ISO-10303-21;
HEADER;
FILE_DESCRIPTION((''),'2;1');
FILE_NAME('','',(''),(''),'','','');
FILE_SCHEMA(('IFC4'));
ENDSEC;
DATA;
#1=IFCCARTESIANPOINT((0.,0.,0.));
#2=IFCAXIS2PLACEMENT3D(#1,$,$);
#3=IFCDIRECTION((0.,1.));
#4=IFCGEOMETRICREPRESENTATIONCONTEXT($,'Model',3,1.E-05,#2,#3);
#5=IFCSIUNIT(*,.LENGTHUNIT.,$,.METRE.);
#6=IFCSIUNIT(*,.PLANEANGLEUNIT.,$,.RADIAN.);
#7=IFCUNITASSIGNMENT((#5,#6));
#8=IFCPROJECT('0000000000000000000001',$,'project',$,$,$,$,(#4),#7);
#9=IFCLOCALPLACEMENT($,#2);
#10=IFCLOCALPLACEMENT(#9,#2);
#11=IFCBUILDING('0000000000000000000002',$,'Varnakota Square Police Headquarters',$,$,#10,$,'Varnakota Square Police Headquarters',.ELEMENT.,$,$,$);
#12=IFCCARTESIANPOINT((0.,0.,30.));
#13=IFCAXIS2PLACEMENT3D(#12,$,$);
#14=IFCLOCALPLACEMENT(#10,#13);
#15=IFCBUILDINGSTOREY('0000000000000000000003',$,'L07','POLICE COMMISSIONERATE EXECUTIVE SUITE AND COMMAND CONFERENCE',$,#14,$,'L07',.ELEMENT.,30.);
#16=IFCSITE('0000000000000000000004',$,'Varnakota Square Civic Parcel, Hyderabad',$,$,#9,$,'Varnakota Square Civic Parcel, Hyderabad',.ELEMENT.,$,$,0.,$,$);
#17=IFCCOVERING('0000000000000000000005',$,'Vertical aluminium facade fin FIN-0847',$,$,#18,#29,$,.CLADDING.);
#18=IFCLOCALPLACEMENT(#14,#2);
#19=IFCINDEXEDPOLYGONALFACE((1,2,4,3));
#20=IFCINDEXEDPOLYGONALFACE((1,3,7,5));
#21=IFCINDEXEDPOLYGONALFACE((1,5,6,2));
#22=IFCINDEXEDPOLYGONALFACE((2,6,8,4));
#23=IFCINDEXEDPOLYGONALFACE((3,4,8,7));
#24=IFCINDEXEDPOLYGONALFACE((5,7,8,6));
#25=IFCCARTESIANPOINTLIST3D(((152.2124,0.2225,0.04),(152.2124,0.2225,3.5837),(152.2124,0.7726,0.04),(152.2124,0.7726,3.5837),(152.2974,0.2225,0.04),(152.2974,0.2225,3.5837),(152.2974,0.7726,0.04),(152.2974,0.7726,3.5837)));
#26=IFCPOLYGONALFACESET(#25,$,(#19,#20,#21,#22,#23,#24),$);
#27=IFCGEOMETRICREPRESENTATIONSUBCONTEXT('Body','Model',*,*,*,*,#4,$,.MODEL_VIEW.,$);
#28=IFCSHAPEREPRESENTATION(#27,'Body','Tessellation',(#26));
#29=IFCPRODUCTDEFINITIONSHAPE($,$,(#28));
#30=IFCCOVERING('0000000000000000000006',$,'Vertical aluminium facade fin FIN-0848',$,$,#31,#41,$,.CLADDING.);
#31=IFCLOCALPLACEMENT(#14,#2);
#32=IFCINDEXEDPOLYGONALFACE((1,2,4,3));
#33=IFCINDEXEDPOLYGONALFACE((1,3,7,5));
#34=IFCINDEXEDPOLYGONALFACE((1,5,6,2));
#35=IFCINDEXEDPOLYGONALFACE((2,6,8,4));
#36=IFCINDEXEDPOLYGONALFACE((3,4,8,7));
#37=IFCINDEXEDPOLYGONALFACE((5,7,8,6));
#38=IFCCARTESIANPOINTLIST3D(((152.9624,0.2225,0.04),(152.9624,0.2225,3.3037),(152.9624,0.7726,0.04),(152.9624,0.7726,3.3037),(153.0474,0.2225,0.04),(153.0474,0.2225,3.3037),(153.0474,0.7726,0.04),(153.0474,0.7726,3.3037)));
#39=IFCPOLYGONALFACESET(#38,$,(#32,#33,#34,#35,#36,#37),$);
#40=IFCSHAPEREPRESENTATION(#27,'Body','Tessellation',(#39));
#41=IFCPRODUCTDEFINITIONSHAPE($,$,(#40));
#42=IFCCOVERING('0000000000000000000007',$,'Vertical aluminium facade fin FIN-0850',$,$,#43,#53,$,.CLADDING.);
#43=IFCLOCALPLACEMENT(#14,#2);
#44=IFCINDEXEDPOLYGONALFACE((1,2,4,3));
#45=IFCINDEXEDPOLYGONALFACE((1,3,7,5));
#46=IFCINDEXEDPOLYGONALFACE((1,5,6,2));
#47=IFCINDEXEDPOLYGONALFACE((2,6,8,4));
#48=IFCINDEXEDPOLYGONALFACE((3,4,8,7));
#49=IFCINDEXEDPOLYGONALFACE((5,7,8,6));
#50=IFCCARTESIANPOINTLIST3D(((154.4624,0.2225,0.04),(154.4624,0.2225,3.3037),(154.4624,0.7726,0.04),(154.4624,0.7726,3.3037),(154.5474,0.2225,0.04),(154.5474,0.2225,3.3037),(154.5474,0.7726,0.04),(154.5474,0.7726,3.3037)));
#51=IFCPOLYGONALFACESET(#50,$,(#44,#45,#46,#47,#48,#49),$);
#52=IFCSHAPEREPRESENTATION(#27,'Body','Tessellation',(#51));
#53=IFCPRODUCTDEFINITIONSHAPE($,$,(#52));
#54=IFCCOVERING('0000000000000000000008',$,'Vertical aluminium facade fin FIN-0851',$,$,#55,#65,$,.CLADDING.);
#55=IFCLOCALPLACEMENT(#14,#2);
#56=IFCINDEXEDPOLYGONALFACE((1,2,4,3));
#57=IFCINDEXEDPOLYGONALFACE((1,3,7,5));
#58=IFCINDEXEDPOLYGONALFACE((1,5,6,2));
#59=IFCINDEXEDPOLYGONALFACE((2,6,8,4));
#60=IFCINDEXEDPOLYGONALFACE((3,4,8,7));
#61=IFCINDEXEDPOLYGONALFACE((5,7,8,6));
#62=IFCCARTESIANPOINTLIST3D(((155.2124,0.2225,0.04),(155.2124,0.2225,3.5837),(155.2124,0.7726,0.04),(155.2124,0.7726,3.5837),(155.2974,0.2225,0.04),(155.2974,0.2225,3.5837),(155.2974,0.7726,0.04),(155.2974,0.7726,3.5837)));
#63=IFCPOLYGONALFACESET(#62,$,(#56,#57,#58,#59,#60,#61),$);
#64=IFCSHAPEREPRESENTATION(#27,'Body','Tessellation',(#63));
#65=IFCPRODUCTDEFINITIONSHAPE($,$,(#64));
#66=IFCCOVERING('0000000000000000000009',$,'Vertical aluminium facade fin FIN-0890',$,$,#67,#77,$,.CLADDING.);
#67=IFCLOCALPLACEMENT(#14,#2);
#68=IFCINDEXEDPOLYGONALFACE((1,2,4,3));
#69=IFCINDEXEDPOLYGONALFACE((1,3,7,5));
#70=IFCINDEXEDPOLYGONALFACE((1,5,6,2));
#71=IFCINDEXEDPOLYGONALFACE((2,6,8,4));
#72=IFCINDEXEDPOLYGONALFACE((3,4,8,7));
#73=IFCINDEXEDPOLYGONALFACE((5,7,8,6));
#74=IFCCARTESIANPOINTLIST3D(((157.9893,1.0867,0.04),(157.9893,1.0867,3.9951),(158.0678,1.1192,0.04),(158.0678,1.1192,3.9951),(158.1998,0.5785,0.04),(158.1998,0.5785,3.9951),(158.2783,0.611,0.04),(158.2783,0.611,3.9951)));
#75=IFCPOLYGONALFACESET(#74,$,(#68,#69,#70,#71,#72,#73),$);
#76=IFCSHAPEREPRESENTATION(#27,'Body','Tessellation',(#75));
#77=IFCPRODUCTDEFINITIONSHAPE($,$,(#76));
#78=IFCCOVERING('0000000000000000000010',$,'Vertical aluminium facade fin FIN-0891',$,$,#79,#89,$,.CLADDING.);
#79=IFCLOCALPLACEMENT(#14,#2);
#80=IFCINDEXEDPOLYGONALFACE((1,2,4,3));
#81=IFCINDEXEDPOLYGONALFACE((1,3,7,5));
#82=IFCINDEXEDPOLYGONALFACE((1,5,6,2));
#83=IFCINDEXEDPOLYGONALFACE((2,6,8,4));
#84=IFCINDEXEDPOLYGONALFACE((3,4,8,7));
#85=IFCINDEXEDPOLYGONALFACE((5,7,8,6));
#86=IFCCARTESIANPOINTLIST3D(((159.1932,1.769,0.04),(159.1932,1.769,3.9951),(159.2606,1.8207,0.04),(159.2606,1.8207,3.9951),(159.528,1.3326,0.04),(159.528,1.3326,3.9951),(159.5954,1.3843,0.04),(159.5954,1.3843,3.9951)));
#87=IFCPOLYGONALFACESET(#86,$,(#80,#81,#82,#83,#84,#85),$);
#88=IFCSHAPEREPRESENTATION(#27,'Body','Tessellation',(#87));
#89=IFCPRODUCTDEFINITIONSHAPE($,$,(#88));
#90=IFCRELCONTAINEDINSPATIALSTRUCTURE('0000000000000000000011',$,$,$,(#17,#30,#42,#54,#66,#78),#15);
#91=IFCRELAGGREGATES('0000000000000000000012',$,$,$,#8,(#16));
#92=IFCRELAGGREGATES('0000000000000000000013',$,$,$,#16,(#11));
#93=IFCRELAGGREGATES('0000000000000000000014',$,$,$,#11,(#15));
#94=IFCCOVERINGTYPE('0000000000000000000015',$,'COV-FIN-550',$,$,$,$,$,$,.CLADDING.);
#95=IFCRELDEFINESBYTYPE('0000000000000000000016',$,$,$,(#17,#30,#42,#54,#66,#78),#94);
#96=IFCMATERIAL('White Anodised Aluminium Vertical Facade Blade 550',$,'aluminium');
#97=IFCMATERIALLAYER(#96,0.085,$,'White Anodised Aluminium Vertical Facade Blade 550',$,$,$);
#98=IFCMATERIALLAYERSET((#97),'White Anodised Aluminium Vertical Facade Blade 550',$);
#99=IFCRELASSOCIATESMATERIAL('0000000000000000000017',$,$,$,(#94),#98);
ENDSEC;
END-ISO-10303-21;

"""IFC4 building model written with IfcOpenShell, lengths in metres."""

from ifc_helpers import new_model, si_unit, direction, frame, origin, origin_2d, place, context, subcontext, project, spatial, rectangle, extrude, material, layer, layer_set, type_object, element, save


model = new_model("IFC4")

# Units and contexts
model_context = context("Model", 3, precision=1e-05, world=origin(), true_north=direction((0.0, 1.0)))
body_context = subcontext(model_context, "Body", "Model", "MODEL_VIEW")
ifc_project = project(units=[si_unit("LENGTHUNIT", "METRE"), si_unit("PLANEANGLEUNIT", "RADIAN")], contexts=[model_context])

# Site, building, storey
site_placement = place(None, origin())
site = spatial("IfcSite", under=ifc_project, at=site_placement, Name="Varnakota Square Civic Parcel, Hyderabad", LongName="Varnakota Square Civic Parcel, Hyderabad", CompositionType="ELEMENT", RefElevation=0.0)
building_placement = place(site_placement, origin())
building = spatial("IfcBuilding", under=site, at=building_placement, Name="Varnakota Square Police Headquarters", LongName="Varnakota Square Police Headquarters", CompositionType="ELEMENT")
storey_placement = place(building_placement, frame((0.0, 0.0, 30.0)))
storey = spatial("IfcBuildingStorey", under=building, at=storey_placement, Name="L07", Description="POLICE COMMISSIONERATE EXECUTIVE SUITE AND COMMAND CONFERENCE", LongName="L07", CompositionType="ELEMENT", Elevation=30.0)

# Coverings
ifc_material_1 = material(Name="White Anodised Aluminium Vertical Facade Blade 550", Category="aluminium")
ifc_layer_1 = layer(ifc_material_1, 0.085, Name="White Anodised Aluminium Vertical Facade Blade 550")
ifc_layer_set_1 = layer_set([ifc_layer_1], Name="White Anodised Aluminium Vertical Facade Blade 550")
covering_type_1 = type_object("IfcCoveringType", Name="COV-FIN-550", PredefinedType="CLADDING", material=ifc_layer_set_1)
covering_1_placement = place(storey_placement, frame((152.2549, 0.4976, 0.04), z_axis=(0.0, 0.0, 1.0), x_axis=(1.0, 0.0, 0.0)))
element("IfcCovering", 1, at=covering_1_placement, inside=storey, type_object=covering_type_1, Name="Vertical aluminium facade fin FIN-0847", PredefinedType="CLADDING", context=body_context, shape_type="SweptSolid", body=[
    extrude(rectangle(XDim=0.085, YDim=0.55, at=origin_2d()), origin(), (0.0, 0.0, 1.0), 3.5437),
])
for number, where, z_axis, x_axis, name in (
    (2, (153.0049, 0.4976, 0.04), (0.0, 0.0, 1.0), (1.0, 0.0, 0.0), "Vertical aluminium facade fin FIN-0848"),
    (3, (154.5049, 0.4976, 0.04), (0.0, 0.0, 1.0), (1.0, 0.0, 0.0), "Vertical aluminium facade fin FIN-0850"),
):
    element("IfcCovering", number, at=place(storey_placement, frame(where, z_axis=z_axis, x_axis=x_axis)), inside=storey, type_object=covering_type_1, Name=name, PredefinedType="CLADDING", context=body_context, shape_type="SweptSolid", body=[
        extrude(rectangle(XDim=0.085, YDim=0.55, at=origin_2d()), origin(), (0.0, 0.0, 1.0), 3.2637),
    ])
covering_2_placement = place(storey_placement, frame((155.2549, 0.4976, 0.04), z_axis=(0.0, 0.0, 1.0), x_axis=(1.0, 0.0, 0.0)))
element("IfcCovering", 4, at=covering_2_placement, inside=storey, type_object=covering_type_1, Name="Vertical aluminium facade fin FIN-0851", PredefinedType="CLADDING", context=body_context, shape_type="SweptSolid", body=[
    extrude(rectangle(XDim=0.085, YDim=0.55, at=origin_2d()), origin(), (0.0, 0.0, 1.0), 3.5437),
])
for number, where, z_axis, x_axis, name in (
    (5, (158.1338, 0.8489, 0.04), (0.0, 0.0, 1.0), (0.92388, 0.382683, 0.0), "Vertical aluminium facade fin FIN-0890"),
    (6, (159.3943, 1.5767, 0.04), (0.0, 0.0, 1.0), (0.793353, 0.608761, 0.0), "Vertical aluminium facade fin FIN-0891"),
):
    element("IfcCovering", number, at=place(storey_placement, frame(where, z_axis=z_axis, x_axis=x_axis)), inside=storey, type_object=covering_type_1, Name=name, PredefinedType="CLADDING", context=body_context, shape_type="SweptSolid", body=[
        extrude(rectangle(XDim=0.085, YDim=0.55, at=origin_2d()), origin(), (0.0, 0.0, 1.0), 3.9551),
    ])

save(model, "model.ifc")
